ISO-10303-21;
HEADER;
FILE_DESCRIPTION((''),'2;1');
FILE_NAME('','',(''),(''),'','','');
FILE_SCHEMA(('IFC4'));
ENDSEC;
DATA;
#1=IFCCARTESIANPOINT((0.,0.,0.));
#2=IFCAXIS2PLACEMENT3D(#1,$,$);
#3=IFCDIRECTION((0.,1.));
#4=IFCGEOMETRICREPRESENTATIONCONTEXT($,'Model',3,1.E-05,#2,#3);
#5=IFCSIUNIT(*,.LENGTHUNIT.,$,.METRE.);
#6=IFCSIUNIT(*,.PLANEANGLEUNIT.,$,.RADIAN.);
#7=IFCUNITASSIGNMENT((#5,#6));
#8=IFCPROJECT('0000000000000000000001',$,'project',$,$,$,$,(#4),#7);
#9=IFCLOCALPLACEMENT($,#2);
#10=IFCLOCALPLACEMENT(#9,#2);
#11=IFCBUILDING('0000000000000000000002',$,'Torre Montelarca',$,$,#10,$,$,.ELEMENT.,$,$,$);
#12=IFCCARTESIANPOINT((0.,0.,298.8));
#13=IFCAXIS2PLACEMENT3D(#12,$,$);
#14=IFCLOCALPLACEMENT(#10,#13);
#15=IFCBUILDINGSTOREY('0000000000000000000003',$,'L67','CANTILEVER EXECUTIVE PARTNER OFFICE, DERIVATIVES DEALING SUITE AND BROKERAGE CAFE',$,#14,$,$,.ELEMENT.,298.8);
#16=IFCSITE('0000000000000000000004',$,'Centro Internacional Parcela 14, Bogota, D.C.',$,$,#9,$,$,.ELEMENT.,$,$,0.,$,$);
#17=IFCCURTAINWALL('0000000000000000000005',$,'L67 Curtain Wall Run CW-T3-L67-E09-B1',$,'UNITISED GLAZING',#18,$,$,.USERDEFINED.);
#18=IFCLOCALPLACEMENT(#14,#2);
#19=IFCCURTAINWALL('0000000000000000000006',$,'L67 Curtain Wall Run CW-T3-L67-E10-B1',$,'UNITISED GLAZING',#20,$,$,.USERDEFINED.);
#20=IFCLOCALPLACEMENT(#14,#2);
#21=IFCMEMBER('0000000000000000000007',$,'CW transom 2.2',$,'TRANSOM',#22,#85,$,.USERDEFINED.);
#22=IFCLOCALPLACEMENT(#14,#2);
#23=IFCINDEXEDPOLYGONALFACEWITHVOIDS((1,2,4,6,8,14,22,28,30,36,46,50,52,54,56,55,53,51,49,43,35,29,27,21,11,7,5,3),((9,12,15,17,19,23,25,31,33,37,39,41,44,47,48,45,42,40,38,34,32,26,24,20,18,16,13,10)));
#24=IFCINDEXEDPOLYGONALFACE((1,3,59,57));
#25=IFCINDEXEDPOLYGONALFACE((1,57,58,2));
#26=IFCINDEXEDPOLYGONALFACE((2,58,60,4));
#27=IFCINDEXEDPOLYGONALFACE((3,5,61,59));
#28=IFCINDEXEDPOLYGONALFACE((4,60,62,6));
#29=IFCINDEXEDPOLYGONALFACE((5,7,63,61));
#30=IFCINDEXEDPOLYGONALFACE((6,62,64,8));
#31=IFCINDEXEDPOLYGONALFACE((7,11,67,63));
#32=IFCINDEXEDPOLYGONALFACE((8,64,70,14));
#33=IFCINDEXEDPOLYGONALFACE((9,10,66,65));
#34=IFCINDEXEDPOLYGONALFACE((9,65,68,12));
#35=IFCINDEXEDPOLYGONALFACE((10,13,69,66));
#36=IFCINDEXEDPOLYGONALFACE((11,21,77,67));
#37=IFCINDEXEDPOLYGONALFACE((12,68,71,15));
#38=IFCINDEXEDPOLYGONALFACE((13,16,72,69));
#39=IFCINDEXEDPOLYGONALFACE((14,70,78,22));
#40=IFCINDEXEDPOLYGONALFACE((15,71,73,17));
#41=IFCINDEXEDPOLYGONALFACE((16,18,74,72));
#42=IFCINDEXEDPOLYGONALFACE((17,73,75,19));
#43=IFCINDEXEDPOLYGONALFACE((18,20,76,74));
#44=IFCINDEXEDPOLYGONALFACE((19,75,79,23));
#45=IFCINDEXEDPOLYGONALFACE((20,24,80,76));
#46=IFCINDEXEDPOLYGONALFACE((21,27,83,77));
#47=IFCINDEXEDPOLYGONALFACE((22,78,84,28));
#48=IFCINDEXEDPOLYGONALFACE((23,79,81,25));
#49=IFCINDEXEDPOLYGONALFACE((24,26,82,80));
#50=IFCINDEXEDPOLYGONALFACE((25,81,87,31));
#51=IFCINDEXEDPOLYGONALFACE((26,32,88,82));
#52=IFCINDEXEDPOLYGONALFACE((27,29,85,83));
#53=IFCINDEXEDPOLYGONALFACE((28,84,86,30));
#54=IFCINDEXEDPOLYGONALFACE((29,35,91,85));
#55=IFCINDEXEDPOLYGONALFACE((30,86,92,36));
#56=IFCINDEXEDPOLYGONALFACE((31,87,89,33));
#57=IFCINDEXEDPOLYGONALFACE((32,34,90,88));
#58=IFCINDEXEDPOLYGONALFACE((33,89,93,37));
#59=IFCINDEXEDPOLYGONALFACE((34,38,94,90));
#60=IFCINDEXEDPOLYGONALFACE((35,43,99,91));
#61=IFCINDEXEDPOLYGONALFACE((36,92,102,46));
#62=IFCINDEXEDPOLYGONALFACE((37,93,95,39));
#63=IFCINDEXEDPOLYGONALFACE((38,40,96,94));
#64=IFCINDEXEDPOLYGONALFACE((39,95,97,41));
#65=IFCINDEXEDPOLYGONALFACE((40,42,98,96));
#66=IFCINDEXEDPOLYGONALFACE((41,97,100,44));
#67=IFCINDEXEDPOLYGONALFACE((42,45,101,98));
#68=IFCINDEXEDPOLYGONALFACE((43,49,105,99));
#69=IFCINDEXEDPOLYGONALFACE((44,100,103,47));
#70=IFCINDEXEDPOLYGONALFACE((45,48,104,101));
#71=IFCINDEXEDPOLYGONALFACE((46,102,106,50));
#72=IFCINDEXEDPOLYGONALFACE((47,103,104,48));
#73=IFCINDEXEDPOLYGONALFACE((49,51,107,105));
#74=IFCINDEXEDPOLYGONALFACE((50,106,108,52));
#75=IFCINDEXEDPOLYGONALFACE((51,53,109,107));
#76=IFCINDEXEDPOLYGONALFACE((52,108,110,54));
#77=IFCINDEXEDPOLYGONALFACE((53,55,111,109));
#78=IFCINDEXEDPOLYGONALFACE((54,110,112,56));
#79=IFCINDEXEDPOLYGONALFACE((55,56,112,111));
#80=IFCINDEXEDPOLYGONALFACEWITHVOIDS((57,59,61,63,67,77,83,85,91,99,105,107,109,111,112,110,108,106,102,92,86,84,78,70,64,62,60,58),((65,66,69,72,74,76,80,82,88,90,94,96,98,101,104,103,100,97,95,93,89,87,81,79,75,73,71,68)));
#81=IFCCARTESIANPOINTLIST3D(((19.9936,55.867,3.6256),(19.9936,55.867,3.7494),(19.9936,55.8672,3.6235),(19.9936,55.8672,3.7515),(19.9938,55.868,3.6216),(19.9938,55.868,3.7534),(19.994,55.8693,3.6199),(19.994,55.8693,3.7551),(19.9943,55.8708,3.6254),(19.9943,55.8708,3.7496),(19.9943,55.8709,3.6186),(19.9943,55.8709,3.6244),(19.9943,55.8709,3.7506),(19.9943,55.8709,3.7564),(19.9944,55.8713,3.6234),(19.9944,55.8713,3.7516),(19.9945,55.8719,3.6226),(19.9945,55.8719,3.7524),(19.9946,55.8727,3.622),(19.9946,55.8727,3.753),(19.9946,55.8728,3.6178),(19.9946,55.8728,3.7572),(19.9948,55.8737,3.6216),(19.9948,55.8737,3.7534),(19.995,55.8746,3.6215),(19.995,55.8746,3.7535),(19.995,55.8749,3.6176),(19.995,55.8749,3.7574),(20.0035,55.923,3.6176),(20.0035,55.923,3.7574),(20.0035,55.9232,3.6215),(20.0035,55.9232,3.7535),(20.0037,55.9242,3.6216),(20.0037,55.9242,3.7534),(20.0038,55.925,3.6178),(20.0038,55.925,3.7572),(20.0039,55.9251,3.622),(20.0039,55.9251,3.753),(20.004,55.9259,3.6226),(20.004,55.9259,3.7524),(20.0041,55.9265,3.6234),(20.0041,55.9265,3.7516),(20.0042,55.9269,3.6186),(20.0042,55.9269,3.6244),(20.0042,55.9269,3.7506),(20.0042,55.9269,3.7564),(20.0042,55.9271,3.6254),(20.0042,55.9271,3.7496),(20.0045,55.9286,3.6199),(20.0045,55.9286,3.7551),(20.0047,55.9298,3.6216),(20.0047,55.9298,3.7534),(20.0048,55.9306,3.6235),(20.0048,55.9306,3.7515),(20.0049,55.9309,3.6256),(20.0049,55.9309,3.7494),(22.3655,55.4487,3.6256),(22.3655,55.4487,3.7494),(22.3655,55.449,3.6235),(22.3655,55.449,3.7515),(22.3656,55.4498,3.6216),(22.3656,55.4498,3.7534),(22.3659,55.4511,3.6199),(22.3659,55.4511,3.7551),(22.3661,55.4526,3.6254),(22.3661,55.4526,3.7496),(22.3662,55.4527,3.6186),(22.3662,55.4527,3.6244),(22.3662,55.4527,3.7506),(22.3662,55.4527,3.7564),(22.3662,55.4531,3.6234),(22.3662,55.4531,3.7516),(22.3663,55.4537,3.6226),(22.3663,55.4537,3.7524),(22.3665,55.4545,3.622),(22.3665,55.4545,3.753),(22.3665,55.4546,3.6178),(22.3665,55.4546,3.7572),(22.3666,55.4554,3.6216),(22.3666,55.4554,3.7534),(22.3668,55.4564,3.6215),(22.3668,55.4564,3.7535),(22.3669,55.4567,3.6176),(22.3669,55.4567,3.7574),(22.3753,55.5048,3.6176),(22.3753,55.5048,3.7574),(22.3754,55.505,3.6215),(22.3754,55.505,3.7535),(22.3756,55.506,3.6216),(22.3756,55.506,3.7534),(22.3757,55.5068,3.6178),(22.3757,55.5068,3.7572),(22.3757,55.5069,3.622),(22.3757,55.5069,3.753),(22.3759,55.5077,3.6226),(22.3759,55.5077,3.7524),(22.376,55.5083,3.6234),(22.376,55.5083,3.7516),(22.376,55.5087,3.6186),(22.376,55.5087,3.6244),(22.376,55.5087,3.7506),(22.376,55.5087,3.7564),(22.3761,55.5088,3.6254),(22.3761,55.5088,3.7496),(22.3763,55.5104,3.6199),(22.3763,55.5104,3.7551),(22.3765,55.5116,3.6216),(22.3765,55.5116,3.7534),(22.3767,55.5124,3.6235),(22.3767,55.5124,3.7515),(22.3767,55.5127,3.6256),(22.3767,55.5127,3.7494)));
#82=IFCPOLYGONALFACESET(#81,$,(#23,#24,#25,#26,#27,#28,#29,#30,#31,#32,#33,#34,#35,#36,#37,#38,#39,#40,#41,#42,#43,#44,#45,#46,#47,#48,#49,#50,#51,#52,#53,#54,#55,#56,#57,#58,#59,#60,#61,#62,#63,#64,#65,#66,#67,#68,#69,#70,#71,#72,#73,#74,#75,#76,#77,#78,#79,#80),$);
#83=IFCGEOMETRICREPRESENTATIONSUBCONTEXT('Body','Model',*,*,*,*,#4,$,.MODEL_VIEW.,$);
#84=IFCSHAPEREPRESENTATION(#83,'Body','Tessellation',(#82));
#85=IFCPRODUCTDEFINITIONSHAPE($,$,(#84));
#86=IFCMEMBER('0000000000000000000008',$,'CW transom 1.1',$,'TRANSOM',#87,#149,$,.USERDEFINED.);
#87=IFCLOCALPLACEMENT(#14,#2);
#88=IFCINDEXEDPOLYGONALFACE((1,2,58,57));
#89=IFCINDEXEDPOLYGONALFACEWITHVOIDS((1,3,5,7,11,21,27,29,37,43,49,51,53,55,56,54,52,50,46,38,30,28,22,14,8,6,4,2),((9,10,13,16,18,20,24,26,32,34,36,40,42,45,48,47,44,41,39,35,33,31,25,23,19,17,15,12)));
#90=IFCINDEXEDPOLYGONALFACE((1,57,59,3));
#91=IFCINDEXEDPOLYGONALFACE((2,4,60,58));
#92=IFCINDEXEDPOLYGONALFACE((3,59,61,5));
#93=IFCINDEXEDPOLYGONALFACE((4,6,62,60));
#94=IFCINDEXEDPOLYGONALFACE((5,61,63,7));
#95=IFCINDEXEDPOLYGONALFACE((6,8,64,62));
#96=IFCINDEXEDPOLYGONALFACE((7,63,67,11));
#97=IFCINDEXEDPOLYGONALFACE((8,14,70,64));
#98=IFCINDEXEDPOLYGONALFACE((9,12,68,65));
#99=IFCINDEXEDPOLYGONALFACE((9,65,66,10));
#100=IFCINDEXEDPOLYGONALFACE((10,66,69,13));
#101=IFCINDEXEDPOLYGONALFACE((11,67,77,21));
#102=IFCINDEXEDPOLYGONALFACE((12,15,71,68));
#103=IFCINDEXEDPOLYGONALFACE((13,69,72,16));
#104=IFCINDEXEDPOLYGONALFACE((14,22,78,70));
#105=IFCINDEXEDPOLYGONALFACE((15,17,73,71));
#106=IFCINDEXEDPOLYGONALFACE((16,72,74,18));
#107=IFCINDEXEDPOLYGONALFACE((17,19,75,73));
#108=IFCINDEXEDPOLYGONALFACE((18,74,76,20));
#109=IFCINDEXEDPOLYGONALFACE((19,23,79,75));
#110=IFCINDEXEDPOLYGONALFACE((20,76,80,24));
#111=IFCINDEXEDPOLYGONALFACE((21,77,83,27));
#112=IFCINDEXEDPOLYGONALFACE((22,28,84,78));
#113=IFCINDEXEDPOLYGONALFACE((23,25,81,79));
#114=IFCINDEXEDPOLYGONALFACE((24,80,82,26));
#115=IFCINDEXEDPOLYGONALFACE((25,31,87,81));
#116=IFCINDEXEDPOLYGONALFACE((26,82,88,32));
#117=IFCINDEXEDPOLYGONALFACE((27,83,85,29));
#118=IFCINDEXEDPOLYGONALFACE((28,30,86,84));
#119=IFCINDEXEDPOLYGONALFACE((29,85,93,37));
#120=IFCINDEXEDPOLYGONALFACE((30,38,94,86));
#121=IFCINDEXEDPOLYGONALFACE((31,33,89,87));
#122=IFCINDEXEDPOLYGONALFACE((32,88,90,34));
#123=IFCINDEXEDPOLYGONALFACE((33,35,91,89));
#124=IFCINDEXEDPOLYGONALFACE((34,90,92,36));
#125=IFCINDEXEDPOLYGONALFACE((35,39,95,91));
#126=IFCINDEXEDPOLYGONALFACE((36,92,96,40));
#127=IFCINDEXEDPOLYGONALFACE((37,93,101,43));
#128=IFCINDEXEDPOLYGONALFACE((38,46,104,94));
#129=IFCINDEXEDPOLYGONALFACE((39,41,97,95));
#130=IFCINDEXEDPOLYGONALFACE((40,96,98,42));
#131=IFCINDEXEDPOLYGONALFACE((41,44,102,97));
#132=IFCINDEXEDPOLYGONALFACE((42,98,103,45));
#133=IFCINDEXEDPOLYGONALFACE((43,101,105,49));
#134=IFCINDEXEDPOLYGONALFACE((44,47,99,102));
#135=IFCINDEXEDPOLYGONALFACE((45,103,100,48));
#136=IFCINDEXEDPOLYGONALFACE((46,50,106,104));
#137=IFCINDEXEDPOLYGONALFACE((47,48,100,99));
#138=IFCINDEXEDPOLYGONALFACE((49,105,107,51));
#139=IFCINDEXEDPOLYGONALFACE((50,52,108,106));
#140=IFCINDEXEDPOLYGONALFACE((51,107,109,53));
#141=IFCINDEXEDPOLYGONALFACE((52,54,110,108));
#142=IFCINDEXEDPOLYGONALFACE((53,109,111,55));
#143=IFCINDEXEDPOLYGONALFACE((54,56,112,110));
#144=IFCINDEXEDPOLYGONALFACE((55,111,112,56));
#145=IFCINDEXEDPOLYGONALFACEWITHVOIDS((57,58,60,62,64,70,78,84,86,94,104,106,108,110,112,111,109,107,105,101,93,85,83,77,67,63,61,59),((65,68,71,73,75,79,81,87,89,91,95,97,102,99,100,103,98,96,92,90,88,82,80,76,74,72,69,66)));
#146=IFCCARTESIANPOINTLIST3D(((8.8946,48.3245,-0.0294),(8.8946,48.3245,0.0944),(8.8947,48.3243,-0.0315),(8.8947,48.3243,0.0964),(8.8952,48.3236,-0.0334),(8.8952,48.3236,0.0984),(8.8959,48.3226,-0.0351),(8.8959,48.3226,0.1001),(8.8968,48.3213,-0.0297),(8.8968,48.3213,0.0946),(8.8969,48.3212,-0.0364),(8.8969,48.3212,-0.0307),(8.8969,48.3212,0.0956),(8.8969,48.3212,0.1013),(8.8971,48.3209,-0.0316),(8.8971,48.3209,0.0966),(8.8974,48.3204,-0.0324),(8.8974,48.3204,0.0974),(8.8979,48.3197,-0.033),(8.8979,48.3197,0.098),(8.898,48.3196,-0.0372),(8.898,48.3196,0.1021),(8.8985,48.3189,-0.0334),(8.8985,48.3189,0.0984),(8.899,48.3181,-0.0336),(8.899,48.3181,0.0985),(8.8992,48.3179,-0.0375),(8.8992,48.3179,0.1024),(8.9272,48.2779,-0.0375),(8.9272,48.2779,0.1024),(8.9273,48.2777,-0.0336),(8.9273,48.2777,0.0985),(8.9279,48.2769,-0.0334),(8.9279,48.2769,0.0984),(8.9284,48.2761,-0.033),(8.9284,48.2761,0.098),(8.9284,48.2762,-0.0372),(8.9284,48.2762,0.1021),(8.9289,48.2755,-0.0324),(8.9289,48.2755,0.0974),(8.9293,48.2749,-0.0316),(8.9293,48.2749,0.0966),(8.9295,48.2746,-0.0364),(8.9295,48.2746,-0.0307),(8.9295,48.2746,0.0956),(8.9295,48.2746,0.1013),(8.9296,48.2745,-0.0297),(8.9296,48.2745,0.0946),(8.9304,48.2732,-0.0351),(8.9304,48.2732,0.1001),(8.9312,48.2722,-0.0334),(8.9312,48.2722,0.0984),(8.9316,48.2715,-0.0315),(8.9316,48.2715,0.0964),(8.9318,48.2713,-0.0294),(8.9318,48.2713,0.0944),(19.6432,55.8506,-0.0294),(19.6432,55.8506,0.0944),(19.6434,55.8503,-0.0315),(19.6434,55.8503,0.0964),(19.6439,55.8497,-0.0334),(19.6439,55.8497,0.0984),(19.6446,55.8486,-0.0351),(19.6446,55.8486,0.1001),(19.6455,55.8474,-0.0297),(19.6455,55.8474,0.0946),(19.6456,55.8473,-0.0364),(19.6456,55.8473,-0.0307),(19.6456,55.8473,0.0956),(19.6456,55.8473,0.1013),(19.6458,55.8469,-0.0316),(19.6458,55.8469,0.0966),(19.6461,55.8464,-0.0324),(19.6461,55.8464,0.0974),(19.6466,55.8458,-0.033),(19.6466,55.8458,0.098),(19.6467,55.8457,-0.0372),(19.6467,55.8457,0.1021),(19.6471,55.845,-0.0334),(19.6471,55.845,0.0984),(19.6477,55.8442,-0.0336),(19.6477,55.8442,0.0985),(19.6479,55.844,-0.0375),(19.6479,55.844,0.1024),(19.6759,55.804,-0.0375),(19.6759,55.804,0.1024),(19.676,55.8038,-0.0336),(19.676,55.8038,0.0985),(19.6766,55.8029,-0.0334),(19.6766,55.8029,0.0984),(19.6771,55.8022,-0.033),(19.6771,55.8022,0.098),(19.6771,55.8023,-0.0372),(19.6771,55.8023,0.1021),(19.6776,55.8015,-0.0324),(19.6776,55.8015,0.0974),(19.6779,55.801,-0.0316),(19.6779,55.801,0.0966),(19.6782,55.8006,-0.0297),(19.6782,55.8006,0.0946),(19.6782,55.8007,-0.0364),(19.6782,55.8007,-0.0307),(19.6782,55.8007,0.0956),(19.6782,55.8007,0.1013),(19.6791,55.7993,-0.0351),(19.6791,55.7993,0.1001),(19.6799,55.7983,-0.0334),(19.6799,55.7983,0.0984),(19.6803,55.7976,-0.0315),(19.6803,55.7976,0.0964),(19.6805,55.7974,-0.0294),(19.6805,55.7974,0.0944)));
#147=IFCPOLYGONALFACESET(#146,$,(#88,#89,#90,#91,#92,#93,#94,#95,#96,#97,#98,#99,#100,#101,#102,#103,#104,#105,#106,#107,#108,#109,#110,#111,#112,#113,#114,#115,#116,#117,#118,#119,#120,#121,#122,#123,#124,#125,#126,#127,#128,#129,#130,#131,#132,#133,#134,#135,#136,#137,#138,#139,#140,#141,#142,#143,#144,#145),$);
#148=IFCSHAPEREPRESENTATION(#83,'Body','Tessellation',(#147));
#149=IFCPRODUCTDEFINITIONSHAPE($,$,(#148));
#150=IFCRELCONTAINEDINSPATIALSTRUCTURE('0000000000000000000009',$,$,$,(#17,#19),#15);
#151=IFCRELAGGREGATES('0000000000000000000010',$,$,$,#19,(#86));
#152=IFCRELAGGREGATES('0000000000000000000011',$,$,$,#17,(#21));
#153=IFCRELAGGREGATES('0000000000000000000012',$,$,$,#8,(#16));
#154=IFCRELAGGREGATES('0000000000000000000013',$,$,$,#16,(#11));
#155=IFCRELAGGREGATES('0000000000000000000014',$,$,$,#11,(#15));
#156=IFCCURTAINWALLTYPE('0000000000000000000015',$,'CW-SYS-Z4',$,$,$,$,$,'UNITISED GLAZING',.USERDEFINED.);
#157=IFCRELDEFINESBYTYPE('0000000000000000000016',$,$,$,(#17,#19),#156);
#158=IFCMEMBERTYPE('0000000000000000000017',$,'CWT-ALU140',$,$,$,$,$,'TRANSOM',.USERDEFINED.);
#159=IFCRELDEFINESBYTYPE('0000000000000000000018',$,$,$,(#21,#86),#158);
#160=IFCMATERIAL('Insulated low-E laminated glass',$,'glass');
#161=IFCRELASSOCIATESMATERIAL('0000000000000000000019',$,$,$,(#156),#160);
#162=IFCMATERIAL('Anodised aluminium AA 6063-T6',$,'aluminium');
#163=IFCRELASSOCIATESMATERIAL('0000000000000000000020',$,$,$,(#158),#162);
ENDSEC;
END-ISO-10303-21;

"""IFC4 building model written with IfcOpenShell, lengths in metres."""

from ifc_helpers import new_model, si_unit, direction, frame, origin, origin_2d, place, context, subcontext, project, spatial, hollow_rectangle, extrude, source, transform, mapped, material, material_profile, profile_set, type_object, element, aggregate, save


model = new_model("IFC4")

# Units and contexts
model_context = context("Model", 3, precision=1e-05, world=origin(), true_north=direction((0.0, 1.0)))
body_context = subcontext(model_context, "Body", "Model", "MODEL_VIEW")
ifc_project = project(units=[si_unit("LENGTHUNIT", "METRE"), si_unit("PLANEANGLEUNIT", "RADIAN")], contexts=[model_context])

# Site, building, storey
site_placement = place(None, origin())
site = spatial("IfcSite", under=ifc_project, at=site_placement, Name="Centro Internacional Parcela 14, Bogota, D.C.", CompositionType="ELEMENT", RefElevation=0.0)
building_placement = place(site_placement, origin())
building = spatial("IfcBuilding", under=site, at=building_placement, Name="Torre Montelarca", CompositionType="ELEMENT")
storey_placement = place(building_placement, frame((0.0, 0.0, 298.8)))
storey = spatial("IfcBuildingStorey", under=building, at=storey_placement, Name="L67", Description="CANTILEVER EXECUTIVE PARTNER OFFICE, DERIVATIVES DEALING SUITE AND BROKERAGE CAFE", CompositionType="ELEMENT", Elevation=298.8)

# Shared definitions
ifc_material_1 = material(Name="Insulated low-E laminated glass", Category="glass")
curtain_wall_type = type_object("IfcCurtainWallType", Name="CW-SYS-Z4", ElementType="UNITISED GLAZING", PredefinedType="USERDEFINED", material=ifc_material_1)
ifc_material_2 = material(Name="Anodised aluminium AA 6063-T6", Category="aluminium")

# Curtain wall
curtain_wall_1_placement = place(storey_placement, origin())
curtain_wall_1 = element("IfcCurtainWall", 1, at=curtain_wall_1_placement, inside=storey, type_object=curtain_wall_type, Name="L67 Curtain Wall Run CW-T3-L67-E09-B1", ObjectType="UNITISED GLAZING", PredefinedType="USERDEFINED")

# Curtain wall
curtain_wall_2_placement = place(storey_placement, origin())
curtain_wall_2 = element("IfcCurtainWall", 2, at=curtain_wall_2_placement, inside=storey, type_object=curtain_wall_type, Name="L67 Curtain Wall Run CW-T3-L67-E10-B1", ObjectType="UNITISED GLAZING", PredefinedType="USERDEFINED")

# Members
ifc_material_profile_1 = material_profile(ifc_material_2, hollow_rectangle(XDim=0.0649, YDim=0.1399, WallThickness=0.0039, InnerFilletRadius=0.0039, OuterFilletRadius=0.0081, at=origin_2d()), Name="ALU65X140X4", Category="aluminium")
ifc_profile_set_1 = profile_set([ifc_material_profile_1], Name="Anodised aluminium AA 6063-T6")
member_type_1 = type_object("IfcMemberType", Name="CWT-ALU140", ElementType="TRANSOM", PredefinedType="USERDEFINED", material=ifc_profile_set_1)
shared_shape_1 = source(origin(), body_context, "Body", "SweptSolid", [
    extrude(hollow_rectangle(XDim=0.0649, YDim=0.1399, WallThickness=0.0039, InnerFilletRadius=0.0039, OuterFilletRadius=0.0081, at=origin_2d()), origin(), (0.0, 0.0, 1.0), 2.4084),
])
member_1_placement = place(storey_placement, frame((22.3711, 55.4807, 3.6875), z_axis=(-0.984808, 0.173647, 0.0), x_axis=(-0.173647, -0.984808, 0.0)))
member_1 = element("IfcMember", 3, at=member_1_placement, type_object=member_type_1, Name="CW transom 2.2", ObjectType="TRANSOM", PredefinedType="USERDEFINED", context=body_context, shape_type="MappedRepresentation", body=[
    mapped(shared_shape_1, transform((0.0, 0.0, 0.0), scale=1.0)),
])
shared_shape_2 = source(origin(), body_context, "Body", "SweptSolid", [
    extrude(hollow_rectangle(XDim=0.0649, YDim=0.1399, WallThickness=0.0039, InnerFilletRadius=0.0039, OuterFilletRadius=0.0081, at=origin_2d()), origin(), (0.0, 0.0, 1.0), 13.1216),
])
member_2_placement = place(storey_placement, frame((19.6619, 55.824, 0.0325), z_axis=(-0.819161, -0.573563, 0.0), x_axis=(0.573563, -0.819161, 0.0)))
member_2 = element("IfcMember", 4, at=member_2_placement, type_object=member_type_1, Name="CW transom 1.1", ObjectType="TRANSOM", PredefinedType="USERDEFINED", context=body_context, shape_type="MappedRepresentation", body=[
    mapped(shared_shape_2, transform((0.0, 0.0, 0.0), scale=1.0)),
])
aggregate(curtain_wall_2, [member_2])

aggregate(curtain_wall_1, [member_1])

save(model, "model.ifc")
